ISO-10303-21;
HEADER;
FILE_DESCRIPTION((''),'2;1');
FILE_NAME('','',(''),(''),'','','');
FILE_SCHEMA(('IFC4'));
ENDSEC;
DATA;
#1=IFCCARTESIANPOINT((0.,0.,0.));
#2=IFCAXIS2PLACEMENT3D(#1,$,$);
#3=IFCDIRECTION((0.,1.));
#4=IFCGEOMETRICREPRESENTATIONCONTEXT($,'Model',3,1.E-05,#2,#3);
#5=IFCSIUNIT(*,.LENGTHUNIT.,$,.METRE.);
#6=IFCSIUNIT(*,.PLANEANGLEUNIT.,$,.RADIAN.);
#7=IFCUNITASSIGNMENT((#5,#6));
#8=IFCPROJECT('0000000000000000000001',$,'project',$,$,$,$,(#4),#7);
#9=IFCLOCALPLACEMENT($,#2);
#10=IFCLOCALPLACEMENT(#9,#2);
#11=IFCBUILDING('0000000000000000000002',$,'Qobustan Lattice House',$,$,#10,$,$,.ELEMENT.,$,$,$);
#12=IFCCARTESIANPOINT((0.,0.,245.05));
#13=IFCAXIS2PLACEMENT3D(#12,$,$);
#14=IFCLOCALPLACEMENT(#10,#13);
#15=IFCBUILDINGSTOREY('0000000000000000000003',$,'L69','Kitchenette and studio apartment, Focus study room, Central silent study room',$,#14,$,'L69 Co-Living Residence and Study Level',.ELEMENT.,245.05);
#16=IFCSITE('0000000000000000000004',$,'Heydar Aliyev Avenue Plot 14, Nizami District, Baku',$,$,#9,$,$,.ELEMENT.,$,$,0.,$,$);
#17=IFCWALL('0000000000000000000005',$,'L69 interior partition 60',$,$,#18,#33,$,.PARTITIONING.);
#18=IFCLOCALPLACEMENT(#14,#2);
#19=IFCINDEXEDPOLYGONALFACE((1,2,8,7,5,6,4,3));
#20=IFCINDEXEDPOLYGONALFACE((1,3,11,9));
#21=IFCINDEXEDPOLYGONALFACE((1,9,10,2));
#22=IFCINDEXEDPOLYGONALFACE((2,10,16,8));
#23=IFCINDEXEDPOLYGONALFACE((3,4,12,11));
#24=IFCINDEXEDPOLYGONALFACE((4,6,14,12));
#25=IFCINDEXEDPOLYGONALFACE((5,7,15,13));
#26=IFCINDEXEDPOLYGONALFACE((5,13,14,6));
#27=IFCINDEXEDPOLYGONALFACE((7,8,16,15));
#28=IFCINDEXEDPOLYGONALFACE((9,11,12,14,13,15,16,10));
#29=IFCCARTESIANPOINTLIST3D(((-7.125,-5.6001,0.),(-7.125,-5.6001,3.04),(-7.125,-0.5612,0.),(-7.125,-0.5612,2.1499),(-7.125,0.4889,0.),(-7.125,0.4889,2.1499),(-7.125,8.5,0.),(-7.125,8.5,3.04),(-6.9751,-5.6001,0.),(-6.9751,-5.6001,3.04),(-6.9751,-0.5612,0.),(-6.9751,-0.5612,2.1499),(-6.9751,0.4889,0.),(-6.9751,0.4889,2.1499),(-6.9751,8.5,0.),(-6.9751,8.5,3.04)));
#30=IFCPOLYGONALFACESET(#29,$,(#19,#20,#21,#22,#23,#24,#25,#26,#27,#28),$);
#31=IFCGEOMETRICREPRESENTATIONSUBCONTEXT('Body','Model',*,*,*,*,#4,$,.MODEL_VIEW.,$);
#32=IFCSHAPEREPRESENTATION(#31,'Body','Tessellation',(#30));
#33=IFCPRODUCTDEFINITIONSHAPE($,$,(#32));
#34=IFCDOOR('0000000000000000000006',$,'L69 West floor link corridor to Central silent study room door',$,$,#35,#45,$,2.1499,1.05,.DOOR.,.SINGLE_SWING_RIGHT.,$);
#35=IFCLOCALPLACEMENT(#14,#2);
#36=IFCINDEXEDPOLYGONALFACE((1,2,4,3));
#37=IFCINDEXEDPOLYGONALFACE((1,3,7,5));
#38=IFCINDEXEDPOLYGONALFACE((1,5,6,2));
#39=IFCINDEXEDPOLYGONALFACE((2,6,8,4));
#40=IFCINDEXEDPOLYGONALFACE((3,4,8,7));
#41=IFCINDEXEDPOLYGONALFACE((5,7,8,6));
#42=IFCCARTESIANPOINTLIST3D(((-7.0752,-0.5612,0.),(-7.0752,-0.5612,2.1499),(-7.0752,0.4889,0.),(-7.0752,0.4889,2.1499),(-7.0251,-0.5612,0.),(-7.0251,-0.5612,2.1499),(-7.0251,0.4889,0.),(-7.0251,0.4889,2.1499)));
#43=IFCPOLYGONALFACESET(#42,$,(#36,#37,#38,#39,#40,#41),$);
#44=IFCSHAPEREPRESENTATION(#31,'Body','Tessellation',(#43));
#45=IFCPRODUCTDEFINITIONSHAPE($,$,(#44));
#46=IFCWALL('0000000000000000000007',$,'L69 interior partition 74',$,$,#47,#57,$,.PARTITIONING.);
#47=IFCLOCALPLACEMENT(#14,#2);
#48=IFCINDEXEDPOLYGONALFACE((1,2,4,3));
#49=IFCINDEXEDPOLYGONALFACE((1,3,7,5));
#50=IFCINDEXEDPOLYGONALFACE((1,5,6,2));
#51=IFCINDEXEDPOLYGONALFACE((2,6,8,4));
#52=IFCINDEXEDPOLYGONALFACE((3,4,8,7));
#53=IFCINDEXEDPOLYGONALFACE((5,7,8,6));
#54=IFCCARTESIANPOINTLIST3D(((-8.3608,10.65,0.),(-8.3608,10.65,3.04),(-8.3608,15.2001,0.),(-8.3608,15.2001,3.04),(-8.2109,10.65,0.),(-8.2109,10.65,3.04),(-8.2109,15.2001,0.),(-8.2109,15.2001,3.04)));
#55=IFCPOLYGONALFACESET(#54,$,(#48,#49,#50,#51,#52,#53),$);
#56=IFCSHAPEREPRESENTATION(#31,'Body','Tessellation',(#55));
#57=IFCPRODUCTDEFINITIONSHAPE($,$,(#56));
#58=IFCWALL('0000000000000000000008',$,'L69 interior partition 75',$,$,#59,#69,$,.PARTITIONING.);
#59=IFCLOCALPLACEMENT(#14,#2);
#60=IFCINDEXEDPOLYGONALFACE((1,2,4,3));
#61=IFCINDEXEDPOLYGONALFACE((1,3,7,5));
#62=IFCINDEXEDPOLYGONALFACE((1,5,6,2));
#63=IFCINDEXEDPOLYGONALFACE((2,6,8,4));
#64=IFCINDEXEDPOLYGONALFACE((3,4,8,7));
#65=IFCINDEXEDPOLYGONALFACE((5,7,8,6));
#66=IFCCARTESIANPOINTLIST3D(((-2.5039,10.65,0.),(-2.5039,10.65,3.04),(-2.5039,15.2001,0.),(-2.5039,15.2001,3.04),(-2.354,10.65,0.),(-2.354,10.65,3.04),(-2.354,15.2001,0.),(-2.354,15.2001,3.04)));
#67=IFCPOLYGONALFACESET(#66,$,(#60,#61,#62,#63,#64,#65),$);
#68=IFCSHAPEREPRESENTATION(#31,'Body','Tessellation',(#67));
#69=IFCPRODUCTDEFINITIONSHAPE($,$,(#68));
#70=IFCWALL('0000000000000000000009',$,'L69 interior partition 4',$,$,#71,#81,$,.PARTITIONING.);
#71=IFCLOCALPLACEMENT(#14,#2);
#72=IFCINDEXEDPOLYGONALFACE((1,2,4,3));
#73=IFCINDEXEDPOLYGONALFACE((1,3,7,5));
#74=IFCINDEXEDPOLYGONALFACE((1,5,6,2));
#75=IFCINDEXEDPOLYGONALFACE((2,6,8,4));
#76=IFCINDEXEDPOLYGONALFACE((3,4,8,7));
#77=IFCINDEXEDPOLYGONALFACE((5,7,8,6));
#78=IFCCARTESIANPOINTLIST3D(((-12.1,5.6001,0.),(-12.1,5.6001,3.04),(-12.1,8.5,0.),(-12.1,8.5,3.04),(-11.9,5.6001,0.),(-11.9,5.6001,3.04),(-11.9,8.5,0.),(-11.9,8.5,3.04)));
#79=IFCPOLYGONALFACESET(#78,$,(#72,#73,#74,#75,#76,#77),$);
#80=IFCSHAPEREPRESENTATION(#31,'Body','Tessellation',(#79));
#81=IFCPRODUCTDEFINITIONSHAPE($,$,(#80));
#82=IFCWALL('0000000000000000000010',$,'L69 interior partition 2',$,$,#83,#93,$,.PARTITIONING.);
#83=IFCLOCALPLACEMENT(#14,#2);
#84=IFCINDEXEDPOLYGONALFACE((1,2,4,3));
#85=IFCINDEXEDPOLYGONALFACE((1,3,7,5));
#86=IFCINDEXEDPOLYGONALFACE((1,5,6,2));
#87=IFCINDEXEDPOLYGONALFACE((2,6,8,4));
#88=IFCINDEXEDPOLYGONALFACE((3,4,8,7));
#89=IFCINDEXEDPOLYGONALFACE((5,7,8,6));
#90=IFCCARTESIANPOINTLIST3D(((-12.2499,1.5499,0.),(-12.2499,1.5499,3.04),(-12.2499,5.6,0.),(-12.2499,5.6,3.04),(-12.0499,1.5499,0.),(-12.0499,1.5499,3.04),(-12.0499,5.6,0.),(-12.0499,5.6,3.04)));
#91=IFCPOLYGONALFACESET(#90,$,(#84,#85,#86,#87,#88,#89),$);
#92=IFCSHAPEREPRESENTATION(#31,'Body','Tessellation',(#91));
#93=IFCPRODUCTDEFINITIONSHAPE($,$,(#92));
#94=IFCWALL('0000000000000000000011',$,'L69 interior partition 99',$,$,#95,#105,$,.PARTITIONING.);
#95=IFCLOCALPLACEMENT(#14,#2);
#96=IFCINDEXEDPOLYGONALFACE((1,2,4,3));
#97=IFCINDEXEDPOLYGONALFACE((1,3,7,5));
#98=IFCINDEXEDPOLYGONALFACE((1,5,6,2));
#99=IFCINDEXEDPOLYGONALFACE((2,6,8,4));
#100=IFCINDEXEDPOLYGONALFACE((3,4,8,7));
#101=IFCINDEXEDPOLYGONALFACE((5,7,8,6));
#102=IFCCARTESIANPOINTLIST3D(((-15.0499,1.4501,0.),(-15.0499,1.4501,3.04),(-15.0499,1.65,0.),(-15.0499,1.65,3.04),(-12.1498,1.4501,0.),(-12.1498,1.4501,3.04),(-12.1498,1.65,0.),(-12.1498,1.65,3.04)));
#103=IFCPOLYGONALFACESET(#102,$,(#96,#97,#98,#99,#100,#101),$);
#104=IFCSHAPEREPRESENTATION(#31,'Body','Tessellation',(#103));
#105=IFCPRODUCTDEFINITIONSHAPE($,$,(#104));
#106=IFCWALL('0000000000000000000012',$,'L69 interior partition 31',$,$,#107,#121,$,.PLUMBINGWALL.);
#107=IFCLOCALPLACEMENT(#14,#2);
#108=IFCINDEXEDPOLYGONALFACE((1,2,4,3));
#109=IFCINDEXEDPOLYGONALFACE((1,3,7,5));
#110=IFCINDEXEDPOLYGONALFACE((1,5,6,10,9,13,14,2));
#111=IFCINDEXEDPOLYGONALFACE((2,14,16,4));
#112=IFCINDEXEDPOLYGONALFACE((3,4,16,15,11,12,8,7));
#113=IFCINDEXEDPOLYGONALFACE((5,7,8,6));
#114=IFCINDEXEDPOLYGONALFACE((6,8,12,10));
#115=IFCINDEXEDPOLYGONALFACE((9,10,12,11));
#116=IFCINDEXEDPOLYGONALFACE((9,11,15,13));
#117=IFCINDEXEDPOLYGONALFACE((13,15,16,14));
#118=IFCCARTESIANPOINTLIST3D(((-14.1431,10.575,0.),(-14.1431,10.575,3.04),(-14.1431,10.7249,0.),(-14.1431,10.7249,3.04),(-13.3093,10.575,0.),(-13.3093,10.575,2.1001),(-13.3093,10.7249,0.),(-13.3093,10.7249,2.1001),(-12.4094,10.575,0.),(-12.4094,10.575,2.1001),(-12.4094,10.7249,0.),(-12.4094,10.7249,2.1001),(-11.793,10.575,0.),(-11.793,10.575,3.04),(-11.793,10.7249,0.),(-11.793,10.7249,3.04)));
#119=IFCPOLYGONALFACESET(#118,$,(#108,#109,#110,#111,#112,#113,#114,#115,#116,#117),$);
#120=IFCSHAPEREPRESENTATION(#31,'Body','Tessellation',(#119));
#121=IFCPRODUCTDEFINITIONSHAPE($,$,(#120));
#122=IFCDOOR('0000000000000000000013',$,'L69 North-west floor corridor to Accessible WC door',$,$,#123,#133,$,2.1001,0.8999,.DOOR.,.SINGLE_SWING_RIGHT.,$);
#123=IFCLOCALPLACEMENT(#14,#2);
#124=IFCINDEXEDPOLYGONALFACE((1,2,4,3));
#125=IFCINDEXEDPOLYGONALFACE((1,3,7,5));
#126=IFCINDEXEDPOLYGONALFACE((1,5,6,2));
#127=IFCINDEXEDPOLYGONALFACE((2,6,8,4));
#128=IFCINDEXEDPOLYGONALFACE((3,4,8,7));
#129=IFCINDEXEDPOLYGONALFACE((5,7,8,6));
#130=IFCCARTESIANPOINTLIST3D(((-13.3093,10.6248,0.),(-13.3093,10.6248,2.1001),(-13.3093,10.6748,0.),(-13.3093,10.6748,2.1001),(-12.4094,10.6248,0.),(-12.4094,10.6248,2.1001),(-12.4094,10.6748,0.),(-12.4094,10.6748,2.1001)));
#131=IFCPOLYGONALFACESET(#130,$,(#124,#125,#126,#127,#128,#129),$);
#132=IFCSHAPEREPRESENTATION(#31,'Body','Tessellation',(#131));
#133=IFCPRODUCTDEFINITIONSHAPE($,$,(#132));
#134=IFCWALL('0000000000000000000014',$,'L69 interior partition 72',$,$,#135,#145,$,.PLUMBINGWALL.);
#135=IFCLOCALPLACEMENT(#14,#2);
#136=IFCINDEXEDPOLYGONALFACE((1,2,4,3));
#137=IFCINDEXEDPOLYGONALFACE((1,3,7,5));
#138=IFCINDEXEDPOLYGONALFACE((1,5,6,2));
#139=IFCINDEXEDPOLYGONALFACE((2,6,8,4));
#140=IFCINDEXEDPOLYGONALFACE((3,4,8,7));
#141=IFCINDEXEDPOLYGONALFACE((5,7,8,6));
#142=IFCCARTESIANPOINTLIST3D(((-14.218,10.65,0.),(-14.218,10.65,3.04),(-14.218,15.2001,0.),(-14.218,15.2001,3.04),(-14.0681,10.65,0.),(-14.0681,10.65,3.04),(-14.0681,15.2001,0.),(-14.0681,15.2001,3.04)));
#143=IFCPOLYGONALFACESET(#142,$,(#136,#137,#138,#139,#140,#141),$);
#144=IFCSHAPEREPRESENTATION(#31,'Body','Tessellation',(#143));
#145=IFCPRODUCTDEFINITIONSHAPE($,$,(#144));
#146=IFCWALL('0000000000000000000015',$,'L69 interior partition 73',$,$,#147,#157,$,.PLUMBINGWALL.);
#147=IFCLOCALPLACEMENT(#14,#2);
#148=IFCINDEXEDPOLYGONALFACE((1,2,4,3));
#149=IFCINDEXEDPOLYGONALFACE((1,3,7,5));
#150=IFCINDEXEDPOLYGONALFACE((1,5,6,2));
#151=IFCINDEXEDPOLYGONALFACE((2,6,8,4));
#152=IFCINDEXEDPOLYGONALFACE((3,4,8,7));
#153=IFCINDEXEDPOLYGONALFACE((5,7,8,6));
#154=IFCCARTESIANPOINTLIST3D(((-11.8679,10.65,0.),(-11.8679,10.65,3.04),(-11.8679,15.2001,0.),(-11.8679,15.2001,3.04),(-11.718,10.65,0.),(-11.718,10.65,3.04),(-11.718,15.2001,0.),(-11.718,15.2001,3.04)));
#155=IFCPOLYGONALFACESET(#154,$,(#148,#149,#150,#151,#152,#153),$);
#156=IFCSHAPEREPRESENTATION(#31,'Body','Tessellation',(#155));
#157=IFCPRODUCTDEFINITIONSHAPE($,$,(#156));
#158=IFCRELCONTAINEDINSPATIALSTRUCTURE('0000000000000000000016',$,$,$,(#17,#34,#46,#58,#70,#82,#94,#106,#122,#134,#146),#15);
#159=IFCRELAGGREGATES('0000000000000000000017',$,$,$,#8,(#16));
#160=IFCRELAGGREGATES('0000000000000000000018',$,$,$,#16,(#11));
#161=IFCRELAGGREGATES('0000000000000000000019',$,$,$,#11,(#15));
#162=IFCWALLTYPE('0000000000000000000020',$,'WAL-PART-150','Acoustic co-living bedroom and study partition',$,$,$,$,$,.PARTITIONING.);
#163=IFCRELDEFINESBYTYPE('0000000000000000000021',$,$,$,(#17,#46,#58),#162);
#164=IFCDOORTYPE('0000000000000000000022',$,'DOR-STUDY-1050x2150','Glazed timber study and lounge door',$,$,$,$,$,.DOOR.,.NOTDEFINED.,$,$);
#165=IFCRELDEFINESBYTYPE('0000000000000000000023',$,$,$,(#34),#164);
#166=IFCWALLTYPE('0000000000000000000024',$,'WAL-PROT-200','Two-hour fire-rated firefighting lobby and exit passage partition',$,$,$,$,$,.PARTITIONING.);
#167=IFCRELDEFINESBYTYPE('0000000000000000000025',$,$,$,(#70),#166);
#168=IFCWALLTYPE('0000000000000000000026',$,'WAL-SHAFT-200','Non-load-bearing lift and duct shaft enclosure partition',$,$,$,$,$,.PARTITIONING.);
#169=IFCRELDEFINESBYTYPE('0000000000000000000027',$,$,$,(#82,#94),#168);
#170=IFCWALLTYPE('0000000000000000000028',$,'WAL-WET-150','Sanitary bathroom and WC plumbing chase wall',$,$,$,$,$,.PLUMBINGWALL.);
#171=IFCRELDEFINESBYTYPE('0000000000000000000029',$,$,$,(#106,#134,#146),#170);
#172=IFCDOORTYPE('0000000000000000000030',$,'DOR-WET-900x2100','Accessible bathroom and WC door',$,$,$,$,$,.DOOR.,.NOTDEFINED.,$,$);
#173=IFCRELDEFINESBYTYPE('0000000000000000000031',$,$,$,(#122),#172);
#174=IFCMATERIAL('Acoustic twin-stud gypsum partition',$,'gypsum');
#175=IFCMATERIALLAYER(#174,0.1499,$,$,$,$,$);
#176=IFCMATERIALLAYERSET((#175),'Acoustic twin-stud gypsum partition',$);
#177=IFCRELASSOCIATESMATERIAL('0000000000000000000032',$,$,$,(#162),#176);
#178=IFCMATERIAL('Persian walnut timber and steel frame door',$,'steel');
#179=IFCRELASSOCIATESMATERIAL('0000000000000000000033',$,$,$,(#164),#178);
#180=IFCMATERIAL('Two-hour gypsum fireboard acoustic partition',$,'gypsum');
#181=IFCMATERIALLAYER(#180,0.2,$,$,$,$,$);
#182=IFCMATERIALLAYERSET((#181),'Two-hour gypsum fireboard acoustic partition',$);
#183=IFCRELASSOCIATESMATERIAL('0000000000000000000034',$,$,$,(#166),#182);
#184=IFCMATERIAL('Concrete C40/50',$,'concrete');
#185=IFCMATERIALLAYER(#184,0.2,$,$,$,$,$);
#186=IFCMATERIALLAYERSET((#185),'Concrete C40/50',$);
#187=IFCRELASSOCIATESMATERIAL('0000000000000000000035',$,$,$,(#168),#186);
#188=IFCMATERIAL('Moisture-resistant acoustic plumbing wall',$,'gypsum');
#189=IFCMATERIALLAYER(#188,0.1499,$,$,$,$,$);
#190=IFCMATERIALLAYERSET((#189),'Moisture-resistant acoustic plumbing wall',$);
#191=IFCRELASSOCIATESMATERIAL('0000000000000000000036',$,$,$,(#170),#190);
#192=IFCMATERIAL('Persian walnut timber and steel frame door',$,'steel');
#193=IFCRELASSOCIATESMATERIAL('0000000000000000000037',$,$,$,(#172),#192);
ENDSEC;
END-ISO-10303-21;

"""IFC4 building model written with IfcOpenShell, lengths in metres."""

from ifc_helpers import new_model, si_unit, direction, frame, frame_2d, origin, place, context, subcontext, project, spatial, rectangle, extrude, material, layer, layer_set, type_object, element, fill, save


model = new_model("IFC4")

# Units and contexts
model_context = context("Model", 3, precision=1e-05, world=origin(), true_north=direction((0.0, 1.0)))
body_context = subcontext(model_context, "Body", "Model", "MODEL_VIEW")
ifc_project = project(units=[si_unit("LENGTHUNIT", "METRE"), si_unit("PLANEANGLEUNIT", "RADIAN")], contexts=[model_context])

# Site, building, storey
site_placement = place(None, origin())
site = spatial("IfcSite", under=ifc_project, at=site_placement, Name="Heydar Aliyev Avenue Plot 14, Nizami District, Baku", CompositionType="ELEMENT", RefElevation=0.0)
building_placement = place(site_placement, origin())
building = spatial("IfcBuilding", under=site, at=building_placement, Name="Qobustan Lattice House", CompositionType="ELEMENT")
storey_placement = place(building_placement, frame((0.0, 0.0, 245.05)))
storey = spatial("IfcBuildingStorey", under=building, at=storey_placement, Name="L69", Description="Kitchenette and studio apartment, Focus study room, Central silent study room", LongName="L69 Co-Living Residence and Study Level", CompositionType="ELEMENT", Elevation=245.05)

# Shared definitions
ifc_material_1 = material(Name="Acoustic twin-stud gypsum partition", Category="gypsum")
ifc_layer_1 = layer(ifc_material_1, 0.1499)
ifc_layer_set_1 = layer_set([ifc_layer_1], Name="Acoustic twin-stud gypsum partition")
wall_type_1 = type_object("IfcWallType", Name="WAL-PART-150", Description="Acoustic co-living bedroom and study partition", PredefinedType="PARTITIONING", material=ifc_layer_set_1)

# Shared definitions
ifc_material_2 = material(Name="Persian walnut timber and steel frame door", Category="steel")
door_type_1 = type_object("IfcDoorType", Name="DOR-STUDY-1050x2150", Description="Glazed timber study and lounge door", OperationType="NOTDEFINED", PredefinedType="DOOR", material=ifc_material_2)

# Wall, opening, door
wall_1_placement = place(storey_placement, frame((-7.05, 8.5, 0.0), z_axis=(0.0, 0.0, 1.0), x_axis=(0.0, -1.0, 0.0)))
wall_1 = element("IfcWall", 1, at=wall_1_placement, inside=storey, type_object=wall_type_1, Name="L69 interior partition 60", PredefinedType="PARTITIONING", context=body_context, shape_type="SweptSolid", body=[
    extrude(rectangle(XDim=14.1001, YDim=0.1499, at=frame_2d((7.05, 0.0))), origin(), (0.0, 0.0, 1.0), 3.04),
])
opening_1_placement = place(wall_1_placement, frame((8.0112, 0.0, 0.0)))
opening_1 = element("IfcOpeningElement", 2, at=opening_1_placement, cuts=wall_1, PredefinedType="OPENING", context=body_context, shape_type="SweptSolid", body=[
    extrude(rectangle(XDim=1.05, YDim=2.1499, at=frame_2d((0.5249, 1.075))), frame((0.0, 0.085, 0.0), z_axis=(0.0, -1.0, 0.0), x_axis=(1.0, 0.0, 0.0)), (0.0, 0.0, 1.0), 0.1699),
])
door_1_placement = place(opening_1_placement, origin())
door_1 = element("IfcDoor", 3, at=door_1_placement, inside=storey, type_object=door_type_1, Name="L69 West floor link corridor to Central silent study room door", OperationType="SINGLE_SWING_RIGHT", OverallHeight=2.1499, OverallWidth=1.05, PredefinedType="DOOR", context=body_context, shape_type="SweptSolid", body=[
    extrude(rectangle(XDim=1.05, YDim=2.1499, at=frame_2d((0.5249, 1.075))), frame((0.0, 0.0249, 0.0), z_axis=(0.0, -1.0, 0.0), x_axis=(1.0, 0.0, 0.0)), (0.0, 0.0, 1.0), 0.05),
])
fill(opening_1, door_1)

# Walls
for number, where, z_axis, x_axis, name in (
    (4, (-8.2859, 15.2, 0.0), (0.0, 0.0, 1.0), (0.0, -1.0, 0.0), "L69 interior partition 74"),
    (5, (-2.429, 15.2, 0.0), (0.0, 0.0, 1.0), (0.0, -1.0, 0.0), "L69 interior partition 75"),
):
    element("IfcWall", number, at=place(storey_placement, frame(where, z_axis=z_axis, x_axis=x_axis)), inside=storey, type_object=wall_type_1, Name=name, PredefinedType="PARTITIONING", context=body_context, shape_type="SweptSolid", body=[
        extrude(rectangle(XDim=4.55, YDim=0.1499, at=frame_2d((2.2749, 0.0))), origin(), (0.0, 0.0, 1.0), 3.04),
    ])

# Shared definitions
ifc_material_3 = material(Name="Two-hour gypsum fireboard acoustic partition", Category="gypsum")
ifc_layer_2 = layer(ifc_material_3, 0.2)
ifc_layer_set_2 = layer_set([ifc_layer_2], Name="Two-hour gypsum fireboard acoustic partition")
wall_type_2 = type_object("IfcWallType", Name="WAL-PROT-200", Description="Two-hour fire-rated firefighting lobby and exit passage partition", PredefinedType="PARTITIONING", material=ifc_layer_set_2)

# Walls
wall_2_placement = place(storey_placement, frame((-12.0, 5.6001, 0.0), z_axis=(0.0, 0.0, 1.0), x_axis=(0.0, 1.0, 0.0)))
element("IfcWall", 6, at=wall_2_placement, inside=storey, type_object=wall_type_2, Name="L69 interior partition 4", PredefinedType="PARTITIONING", context=body_context, shape_type="SweptSolid", body=[
    extrude(rectangle(XDim=2.8999, YDim=0.2, at=frame_2d((1.45, 0.0))), origin(), (0.0, 0.0, 1.0), 3.04),
])
ifc_material_4 = material(Name="Concrete C40/50", Category="concrete")
ifc_layer_3 = layer(ifc_material_4, 0.2)
ifc_layer_set_3 = layer_set([ifc_layer_3], Name="Concrete C40/50")
wall_type_3 = type_object("IfcWallType", Name="WAL-SHAFT-200", Description="Non-load-bearing lift and duct shaft enclosure partition", PredefinedType="PARTITIONING", material=ifc_layer_set_3)
wall_3_placement = place(storey_placement, frame((-12.1499, 1.55, 0.0), z_axis=(0.0, 0.0, 1.0), x_axis=(0.0, 1.0, 0.0)))
element("IfcWall", 7, at=wall_3_placement, inside=storey, type_object=wall_type_3, Name="L69 interior partition 2", PredefinedType="PARTITIONING", context=body_context, shape_type="SweptSolid", body=[
    extrude(rectangle(XDim=4.05, YDim=0.2, at=frame_2d((2.0249, 0.0))), origin(), (0.0, 0.0, 1.0), 3.04),
])
wall_4_placement = place(storey_placement, frame((-15.05, 1.55, 0.0), z_axis=(0.0, 0.0, 1.0), x_axis=(1.0, 0.0, 0.0)))
element("IfcWall", 8, at=wall_4_placement, inside=storey, type_object=wall_type_3, Name="L69 interior partition 99", PredefinedType="PARTITIONING", context=body_context, shape_type="SweptSolid", body=[
    extrude(rectangle(XDim=2.9001, YDim=0.2, at=frame_2d((1.4502, 0.0))), origin(), (0.0, 0.0, 1.0), 3.04),
])

# Wall, opening, door
ifc_material_5 = material(Name="Moisture-resistant acoustic plumbing wall", Category="gypsum")
ifc_layer_4 = layer(ifc_material_5, 0.1499)
ifc_layer_set_4 = layer_set([ifc_layer_4], Name="Moisture-resistant acoustic plumbing wall")
wall_type_4 = type_object("IfcWallType", Name="WAL-WET-150", Description="Sanitary bathroom and WC plumbing chase wall", PredefinedType="PLUMBINGWALL", material=ifc_layer_set_4)
wall_5_placement = place(storey_placement, frame((-14.1431, 10.6499, 0.0), z_axis=(0.0, 0.0, 1.0), x_axis=(1.0, 0.0, 0.0)))
wall_5 = element("IfcWall", 9, at=wall_5_placement, inside=storey, type_object=wall_type_4, Name="L69 interior partition 31", PredefinedType="PLUMBINGWALL", context=body_context, shape_type="SweptSolid", body=[
    extrude(rectangle(XDim=2.3501, YDim=0.1499, at=frame_2d((1.175, 0.0))), origin(), (0.0, 0.0, 1.0), 3.04),
])
opening_2_placement = place(wall_5_placement, frame((0.8337, 0.0, 0.0)))
opening_2 = element("IfcOpeningElement", 10, at=opening_2_placement, cuts=wall_5, PredefinedType="OPENING", context=body_context, shape_type="SweptSolid", body=[
    extrude(rectangle(XDim=0.8999, YDim=2.1001, at=frame_2d((0.45, 1.05))), frame((0.0, 0.085, 0.0), z_axis=(0.0, -1.0, 0.0), x_axis=(1.0, 0.0, 0.0)), (0.0, 0.0, 1.0), 0.1699),
])
ifc_material_6 = material(Name="Persian walnut timber and steel frame door", Category="steel")
door_type_2 = type_object("IfcDoorType", Name="DOR-WET-900x2100", Description="Accessible bathroom and WC door", OperationType="NOTDEFINED", PredefinedType="DOOR", material=ifc_material_6)
door_2_placement = place(opening_2_placement, origin())
door_2 = element("IfcDoor", 11, at=door_2_placement, inside=storey, type_object=door_type_2, Name="L69 North-west floor corridor to Accessible WC door", OperationType="SINGLE_SWING_RIGHT", OverallHeight=2.1001, OverallWidth=0.8999, PredefinedType="DOOR", context=body_context, shape_type="SweptSolid", body=[
    extrude(rectangle(XDim=0.8999, YDim=2.1001, at=frame_2d((0.45, 1.05))), frame((0.0, 0.0249, 0.0), z_axis=(0.0, -1.0, 0.0), x_axis=(1.0, 0.0, 0.0)), (0.0, 0.0, 1.0), 0.05),
])
fill(opening_2, door_2)

# Walls
for number, where, z_axis, x_axis, name in (
    (12, (-14.1431, 15.2, 0.0), (0.0, 0.0, 1.0), (0.0, -1.0, 0.0), "L69 interior partition 72"),
    (13, (-11.793, 15.2, 0.0), (0.0, 0.0, 1.0), (0.0, -1.0, 0.0), "L69 interior partition 73"),
):
    element("IfcWall", number, at=place(storey_placement, frame(where, z_axis=z_axis, x_axis=x_axis)), inside=storey, type_object=wall_type_4, Name=name, PredefinedType="PLUMBINGWALL", context=body_context, shape_type="SweptSolid", body=[
        extrude(rectangle(XDim=4.55, YDim=0.1499, at=frame_2d((2.2749, 0.0))), origin(), (0.0, 0.0, 1.0), 3.04),
    ])

save(model, "model.ifc")
